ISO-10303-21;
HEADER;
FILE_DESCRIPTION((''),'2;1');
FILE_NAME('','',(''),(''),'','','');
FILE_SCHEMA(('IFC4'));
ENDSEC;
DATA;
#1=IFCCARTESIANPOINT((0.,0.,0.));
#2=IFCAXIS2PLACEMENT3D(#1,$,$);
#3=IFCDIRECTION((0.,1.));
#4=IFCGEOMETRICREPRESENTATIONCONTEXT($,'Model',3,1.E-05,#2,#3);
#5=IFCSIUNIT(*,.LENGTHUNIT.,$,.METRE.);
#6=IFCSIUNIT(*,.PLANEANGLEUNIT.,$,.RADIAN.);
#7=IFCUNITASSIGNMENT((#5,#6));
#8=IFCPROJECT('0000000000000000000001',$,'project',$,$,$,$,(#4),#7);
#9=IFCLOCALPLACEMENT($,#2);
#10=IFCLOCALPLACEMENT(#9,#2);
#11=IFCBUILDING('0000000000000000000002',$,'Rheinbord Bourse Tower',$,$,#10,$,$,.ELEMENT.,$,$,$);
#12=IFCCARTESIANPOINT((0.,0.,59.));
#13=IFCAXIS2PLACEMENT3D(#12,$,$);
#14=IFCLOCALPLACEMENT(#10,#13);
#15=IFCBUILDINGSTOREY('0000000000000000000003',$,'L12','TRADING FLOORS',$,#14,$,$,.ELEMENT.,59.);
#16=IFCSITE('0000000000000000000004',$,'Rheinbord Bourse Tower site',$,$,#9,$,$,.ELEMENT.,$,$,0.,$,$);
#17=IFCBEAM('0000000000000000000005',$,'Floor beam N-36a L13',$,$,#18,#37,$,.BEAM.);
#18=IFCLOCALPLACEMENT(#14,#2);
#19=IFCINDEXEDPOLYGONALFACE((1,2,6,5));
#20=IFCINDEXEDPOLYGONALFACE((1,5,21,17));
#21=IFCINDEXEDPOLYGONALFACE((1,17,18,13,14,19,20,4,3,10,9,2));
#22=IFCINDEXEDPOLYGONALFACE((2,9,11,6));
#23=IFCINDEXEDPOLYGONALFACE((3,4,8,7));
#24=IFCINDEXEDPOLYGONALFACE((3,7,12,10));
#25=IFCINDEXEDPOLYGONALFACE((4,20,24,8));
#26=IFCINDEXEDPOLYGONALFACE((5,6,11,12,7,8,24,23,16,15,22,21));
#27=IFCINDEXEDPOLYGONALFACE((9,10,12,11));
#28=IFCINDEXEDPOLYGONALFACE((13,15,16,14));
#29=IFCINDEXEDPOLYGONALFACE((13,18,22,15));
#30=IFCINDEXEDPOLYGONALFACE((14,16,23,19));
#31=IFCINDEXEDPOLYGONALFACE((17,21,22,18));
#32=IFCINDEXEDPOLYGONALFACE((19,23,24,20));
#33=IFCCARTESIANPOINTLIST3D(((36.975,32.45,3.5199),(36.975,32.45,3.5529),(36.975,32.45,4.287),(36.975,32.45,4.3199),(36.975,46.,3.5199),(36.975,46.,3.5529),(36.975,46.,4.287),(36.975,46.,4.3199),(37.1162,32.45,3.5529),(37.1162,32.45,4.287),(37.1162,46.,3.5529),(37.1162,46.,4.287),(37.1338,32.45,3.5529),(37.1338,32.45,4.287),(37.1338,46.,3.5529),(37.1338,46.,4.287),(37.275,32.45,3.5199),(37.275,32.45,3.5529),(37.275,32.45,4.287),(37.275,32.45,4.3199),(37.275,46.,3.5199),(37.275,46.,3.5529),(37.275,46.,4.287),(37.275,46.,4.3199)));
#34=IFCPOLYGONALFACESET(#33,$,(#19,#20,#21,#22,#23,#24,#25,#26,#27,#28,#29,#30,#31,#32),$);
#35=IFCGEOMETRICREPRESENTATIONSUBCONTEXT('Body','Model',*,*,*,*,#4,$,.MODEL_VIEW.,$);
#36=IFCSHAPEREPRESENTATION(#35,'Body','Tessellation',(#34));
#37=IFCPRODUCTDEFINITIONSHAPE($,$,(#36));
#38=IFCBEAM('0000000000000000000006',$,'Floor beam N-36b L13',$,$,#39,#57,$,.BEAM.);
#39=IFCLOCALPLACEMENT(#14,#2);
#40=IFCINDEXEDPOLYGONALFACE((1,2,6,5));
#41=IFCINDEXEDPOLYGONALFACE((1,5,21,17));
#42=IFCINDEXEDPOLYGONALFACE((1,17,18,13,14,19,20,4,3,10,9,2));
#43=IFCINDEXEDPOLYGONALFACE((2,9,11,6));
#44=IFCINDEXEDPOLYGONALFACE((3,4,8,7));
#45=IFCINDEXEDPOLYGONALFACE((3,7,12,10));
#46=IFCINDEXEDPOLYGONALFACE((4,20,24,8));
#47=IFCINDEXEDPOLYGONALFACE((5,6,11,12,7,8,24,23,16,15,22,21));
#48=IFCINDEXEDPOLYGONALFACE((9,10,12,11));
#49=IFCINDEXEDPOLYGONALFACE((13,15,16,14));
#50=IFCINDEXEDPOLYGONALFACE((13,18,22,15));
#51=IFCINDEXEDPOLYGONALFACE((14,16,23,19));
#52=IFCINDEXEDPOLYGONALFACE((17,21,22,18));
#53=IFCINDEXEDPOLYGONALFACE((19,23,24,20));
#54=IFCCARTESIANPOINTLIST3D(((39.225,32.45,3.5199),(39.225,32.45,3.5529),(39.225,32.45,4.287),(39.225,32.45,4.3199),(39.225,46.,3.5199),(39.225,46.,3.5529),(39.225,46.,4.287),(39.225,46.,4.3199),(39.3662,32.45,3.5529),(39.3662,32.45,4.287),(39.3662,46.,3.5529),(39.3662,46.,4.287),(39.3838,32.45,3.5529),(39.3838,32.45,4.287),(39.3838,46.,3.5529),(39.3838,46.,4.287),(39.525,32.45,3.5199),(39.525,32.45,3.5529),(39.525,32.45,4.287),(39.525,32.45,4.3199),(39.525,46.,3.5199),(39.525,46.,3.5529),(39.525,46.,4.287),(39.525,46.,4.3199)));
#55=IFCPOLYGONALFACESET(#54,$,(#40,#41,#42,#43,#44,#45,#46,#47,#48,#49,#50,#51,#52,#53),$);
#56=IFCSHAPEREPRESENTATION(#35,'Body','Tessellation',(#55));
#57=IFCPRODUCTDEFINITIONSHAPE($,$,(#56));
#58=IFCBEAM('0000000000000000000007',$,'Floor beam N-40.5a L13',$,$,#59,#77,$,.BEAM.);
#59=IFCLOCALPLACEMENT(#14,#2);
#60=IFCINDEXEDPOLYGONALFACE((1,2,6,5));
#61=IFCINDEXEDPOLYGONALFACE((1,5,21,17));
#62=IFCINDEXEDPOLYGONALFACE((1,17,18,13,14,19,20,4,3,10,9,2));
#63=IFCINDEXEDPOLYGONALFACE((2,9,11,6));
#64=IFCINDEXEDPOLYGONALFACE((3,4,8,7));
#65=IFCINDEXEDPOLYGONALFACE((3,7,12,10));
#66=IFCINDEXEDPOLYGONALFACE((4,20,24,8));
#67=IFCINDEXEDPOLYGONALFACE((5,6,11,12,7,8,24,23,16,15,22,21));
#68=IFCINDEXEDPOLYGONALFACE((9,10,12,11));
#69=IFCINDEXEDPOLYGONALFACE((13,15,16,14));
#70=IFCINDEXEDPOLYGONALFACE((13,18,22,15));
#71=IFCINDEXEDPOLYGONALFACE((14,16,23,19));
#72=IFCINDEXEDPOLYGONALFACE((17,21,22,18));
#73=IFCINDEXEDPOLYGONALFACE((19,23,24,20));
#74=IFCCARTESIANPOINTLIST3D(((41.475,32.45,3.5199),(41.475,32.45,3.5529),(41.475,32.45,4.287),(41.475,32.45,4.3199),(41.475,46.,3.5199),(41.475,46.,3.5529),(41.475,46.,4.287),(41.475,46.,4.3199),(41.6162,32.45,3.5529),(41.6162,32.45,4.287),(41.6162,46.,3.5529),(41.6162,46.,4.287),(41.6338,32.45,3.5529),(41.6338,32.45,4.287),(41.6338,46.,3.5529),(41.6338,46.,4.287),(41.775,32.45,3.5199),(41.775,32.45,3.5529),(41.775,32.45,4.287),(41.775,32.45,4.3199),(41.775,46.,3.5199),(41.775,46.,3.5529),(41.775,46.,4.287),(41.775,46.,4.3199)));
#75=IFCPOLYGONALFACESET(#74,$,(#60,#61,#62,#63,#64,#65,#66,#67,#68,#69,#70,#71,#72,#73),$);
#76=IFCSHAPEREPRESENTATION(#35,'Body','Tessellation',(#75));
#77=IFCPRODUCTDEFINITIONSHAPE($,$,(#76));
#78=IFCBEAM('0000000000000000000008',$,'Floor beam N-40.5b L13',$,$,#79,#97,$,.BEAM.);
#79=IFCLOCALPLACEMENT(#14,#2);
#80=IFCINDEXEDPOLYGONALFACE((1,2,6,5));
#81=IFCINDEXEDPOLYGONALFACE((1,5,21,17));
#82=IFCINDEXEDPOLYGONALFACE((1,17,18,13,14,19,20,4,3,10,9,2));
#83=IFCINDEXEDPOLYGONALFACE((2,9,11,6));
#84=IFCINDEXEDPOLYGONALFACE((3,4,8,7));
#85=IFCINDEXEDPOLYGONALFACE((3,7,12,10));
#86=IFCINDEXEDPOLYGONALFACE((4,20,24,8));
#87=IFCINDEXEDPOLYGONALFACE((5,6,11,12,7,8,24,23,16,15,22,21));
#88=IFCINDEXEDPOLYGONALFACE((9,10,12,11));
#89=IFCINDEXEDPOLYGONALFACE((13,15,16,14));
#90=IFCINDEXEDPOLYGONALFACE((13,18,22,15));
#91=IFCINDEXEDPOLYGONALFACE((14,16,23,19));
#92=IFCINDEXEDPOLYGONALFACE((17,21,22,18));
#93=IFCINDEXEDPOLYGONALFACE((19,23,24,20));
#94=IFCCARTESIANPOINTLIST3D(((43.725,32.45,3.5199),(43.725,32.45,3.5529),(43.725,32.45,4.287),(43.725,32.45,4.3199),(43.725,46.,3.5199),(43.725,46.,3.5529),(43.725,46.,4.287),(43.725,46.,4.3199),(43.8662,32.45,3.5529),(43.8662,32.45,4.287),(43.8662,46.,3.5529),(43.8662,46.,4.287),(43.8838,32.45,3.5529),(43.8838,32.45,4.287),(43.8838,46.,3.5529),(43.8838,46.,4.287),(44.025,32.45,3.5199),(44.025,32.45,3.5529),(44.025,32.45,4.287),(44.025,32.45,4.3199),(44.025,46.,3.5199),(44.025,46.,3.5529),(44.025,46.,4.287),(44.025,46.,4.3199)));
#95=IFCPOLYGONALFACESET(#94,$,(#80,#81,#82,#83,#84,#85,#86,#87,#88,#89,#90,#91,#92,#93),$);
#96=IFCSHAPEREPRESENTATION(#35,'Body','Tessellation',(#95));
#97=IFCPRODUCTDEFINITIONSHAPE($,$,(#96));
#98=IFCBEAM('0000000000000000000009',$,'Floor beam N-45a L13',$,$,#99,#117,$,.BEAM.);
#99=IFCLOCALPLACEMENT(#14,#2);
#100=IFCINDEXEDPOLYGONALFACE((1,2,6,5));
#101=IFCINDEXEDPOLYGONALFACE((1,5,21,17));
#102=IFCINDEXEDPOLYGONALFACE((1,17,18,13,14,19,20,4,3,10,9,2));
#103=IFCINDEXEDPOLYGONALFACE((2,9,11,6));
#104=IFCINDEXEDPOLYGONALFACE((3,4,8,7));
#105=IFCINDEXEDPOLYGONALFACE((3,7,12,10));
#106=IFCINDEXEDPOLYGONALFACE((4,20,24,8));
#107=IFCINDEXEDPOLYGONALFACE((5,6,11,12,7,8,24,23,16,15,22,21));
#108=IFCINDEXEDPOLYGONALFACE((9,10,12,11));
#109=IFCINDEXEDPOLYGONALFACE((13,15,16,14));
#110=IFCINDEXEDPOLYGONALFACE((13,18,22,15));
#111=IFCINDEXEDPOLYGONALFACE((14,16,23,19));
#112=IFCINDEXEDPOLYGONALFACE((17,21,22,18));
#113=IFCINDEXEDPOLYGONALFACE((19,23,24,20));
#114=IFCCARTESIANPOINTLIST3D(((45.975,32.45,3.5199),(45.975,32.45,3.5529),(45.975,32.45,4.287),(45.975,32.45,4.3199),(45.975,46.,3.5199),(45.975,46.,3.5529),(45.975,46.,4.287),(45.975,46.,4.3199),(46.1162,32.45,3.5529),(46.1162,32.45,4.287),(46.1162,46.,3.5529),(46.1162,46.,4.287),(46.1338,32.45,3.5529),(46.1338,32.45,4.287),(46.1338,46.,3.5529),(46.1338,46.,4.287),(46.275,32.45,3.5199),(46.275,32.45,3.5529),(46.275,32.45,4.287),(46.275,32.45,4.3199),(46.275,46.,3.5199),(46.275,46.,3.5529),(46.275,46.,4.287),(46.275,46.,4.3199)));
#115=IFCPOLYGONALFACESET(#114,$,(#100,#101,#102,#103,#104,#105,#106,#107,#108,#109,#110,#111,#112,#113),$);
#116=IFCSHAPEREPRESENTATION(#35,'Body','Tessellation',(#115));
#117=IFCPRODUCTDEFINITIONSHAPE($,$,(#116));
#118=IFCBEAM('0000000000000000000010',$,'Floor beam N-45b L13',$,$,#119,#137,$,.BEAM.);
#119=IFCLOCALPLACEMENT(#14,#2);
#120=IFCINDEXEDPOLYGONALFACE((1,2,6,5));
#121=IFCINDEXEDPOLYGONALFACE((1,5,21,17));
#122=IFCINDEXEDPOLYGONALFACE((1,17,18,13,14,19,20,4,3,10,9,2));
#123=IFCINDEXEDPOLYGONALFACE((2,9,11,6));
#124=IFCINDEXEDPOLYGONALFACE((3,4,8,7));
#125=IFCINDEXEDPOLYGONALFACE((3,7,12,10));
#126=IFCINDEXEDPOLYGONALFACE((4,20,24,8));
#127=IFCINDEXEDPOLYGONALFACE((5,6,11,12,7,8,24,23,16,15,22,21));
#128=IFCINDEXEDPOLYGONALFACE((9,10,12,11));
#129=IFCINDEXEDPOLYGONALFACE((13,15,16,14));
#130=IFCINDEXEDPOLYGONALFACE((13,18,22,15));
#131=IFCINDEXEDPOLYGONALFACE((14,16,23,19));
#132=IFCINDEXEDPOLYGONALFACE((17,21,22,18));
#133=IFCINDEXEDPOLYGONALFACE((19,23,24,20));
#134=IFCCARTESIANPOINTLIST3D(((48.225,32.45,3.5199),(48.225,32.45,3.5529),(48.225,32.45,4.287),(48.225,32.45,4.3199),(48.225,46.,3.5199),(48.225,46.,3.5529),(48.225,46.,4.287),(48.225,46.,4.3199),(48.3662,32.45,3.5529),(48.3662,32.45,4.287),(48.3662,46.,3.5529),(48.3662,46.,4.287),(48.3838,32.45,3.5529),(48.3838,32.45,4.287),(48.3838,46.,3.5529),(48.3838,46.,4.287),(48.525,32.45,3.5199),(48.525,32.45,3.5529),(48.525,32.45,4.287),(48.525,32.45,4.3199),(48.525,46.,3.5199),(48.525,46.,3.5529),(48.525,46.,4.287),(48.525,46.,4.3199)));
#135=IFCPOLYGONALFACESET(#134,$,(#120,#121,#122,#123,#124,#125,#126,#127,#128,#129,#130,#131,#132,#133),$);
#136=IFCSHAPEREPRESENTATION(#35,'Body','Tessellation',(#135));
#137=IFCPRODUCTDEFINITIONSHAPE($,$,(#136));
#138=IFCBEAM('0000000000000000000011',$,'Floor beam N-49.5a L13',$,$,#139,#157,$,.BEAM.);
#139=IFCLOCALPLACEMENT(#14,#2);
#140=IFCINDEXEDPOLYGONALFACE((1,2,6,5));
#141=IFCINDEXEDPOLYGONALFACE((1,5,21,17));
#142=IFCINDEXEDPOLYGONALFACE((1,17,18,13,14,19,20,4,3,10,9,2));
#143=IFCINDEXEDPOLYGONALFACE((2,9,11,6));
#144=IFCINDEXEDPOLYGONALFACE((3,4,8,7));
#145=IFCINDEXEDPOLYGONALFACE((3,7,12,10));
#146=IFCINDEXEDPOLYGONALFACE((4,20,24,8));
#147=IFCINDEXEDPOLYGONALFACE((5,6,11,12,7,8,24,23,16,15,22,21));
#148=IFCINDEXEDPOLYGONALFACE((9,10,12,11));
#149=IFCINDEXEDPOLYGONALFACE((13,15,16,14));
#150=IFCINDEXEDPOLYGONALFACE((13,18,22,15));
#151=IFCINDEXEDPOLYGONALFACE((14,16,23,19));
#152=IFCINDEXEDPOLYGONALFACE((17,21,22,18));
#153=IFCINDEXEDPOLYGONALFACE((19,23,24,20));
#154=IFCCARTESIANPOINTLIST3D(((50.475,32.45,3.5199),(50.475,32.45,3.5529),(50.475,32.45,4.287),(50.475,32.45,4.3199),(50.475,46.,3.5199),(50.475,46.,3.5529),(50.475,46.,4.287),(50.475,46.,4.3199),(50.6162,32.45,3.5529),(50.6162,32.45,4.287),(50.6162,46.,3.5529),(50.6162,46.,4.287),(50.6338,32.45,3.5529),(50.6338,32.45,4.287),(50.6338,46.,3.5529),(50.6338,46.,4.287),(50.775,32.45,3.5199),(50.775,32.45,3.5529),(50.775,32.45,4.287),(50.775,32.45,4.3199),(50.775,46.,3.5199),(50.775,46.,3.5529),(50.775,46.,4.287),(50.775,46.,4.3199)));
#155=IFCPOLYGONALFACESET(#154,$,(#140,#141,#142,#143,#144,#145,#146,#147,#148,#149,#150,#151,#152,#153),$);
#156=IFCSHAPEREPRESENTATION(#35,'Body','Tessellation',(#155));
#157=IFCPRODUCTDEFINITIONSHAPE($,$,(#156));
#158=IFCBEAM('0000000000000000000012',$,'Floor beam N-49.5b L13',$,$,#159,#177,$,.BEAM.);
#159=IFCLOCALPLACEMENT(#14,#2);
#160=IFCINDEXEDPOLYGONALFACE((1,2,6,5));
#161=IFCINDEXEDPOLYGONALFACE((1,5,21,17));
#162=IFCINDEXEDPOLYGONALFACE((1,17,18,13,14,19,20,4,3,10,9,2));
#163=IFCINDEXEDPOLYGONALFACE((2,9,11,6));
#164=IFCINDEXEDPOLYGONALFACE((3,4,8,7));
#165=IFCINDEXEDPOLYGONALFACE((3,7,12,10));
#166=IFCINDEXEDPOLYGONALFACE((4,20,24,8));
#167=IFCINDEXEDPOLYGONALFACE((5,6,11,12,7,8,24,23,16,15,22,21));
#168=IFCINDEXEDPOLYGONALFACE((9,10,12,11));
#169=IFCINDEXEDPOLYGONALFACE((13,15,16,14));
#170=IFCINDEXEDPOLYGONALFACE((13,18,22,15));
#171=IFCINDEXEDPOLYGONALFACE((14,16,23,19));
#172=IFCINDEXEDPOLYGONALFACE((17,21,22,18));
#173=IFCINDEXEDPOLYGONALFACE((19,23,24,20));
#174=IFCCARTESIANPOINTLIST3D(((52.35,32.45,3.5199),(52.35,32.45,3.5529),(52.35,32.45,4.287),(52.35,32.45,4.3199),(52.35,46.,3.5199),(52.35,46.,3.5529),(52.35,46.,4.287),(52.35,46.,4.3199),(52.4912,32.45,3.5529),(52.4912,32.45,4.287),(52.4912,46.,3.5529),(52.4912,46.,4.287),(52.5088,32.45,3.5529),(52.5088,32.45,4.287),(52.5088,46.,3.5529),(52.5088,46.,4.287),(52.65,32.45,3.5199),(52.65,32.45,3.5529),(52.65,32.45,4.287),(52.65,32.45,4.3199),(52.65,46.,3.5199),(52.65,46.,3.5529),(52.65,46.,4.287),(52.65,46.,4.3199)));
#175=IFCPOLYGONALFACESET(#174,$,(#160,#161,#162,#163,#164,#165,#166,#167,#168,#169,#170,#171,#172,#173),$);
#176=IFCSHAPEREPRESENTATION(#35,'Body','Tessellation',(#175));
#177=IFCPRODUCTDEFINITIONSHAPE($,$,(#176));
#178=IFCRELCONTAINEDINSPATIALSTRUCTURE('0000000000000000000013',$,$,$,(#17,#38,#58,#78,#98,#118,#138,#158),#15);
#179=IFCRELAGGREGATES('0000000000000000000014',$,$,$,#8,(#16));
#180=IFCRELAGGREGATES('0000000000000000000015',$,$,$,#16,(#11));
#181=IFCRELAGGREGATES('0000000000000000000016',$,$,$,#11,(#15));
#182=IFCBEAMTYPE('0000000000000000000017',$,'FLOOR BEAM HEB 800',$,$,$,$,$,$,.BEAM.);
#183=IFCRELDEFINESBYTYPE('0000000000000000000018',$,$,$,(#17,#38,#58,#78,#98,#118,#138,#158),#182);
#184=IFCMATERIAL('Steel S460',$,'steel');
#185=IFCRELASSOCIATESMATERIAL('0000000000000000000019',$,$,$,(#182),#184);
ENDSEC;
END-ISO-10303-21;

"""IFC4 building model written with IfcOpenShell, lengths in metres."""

from ifc_helpers import new_model, si_unit, direction, frame, origin, origin_2d, place, context, subcontext, project, spatial, i_section, extrude, material, material_profile, profile_set, type_object, element, save


model = new_model("IFC4")

# Units and contexts
model_context = context("Model", 3, precision=1e-05, world=origin(), true_north=direction((0.0, 1.0)))
body_context = subcontext(model_context, "Body", "Model", "MODEL_VIEW")
ifc_project = project(units=[si_unit("LENGTHUNIT", "METRE"), si_unit("PLANEANGLEUNIT", "RADIAN")], contexts=[model_context])

# Site, building, storey
site_placement = place(None, origin())
site = spatial("IfcSite", under=ifc_project, at=site_placement, Name="Rheinbord Bourse Tower site", CompositionType="ELEMENT", RefElevation=0.0)
building_placement = place(site_placement, origin())
building = spatial("IfcBuilding", under=site, at=building_placement, Name="Rheinbord Bourse Tower", CompositionType="ELEMENT")
storey_placement = place(building_placement, frame((0.0, 0.0, 59.0)))
storey = spatial("IfcBuildingStorey", under=building, at=storey_placement, Name="L12", Description="TRADING FLOORS", CompositionType="ELEMENT", Elevation=59.0)

# Beams
ifc_material_1 = material(Name="Steel S460", Category="steel")
ifc_material_profile_1 = material_profile(ifc_material_1, i_section(OverallWidth=0.3, OverallDepth=0.8, WebThickness=0.0176, FlangeThickness=0.033, at=origin_2d()), Name="HEB 800")
ifc_profile_set_1 = profile_set([ifc_material_profile_1], Name="Steel S460")
beam_type_1 = type_object("IfcBeamType", Name="FLOOR BEAM HEB 800", PredefinedType="BEAM", material=ifc_profile_set_1)
for number, where, z_axis, x_axis, name in (
    (1, (37.125, 46.0, 3.9199), (0.0, -1.0, 0.0), (1.0, 0.0, 0.0), "Floor beam N-36a L13"),
    (2, (39.375, 46.0, 3.9199), (0.0, -1.0, 0.0), (1.0, 0.0, 0.0), "Floor beam N-36b L13"),
    (3, (41.625, 46.0, 3.9199), (0.0, -1.0, 0.0), (1.0, 0.0, 0.0), "Floor beam N-40.5a L13"),
    (4, (43.875, 46.0, 3.9199), (0.0, -1.0, 0.0), (1.0, 0.0, 0.0), "Floor beam N-40.5b L13"),
    (5, (46.125, 46.0, 3.9199), (0.0, -1.0, 0.0), (1.0, 0.0, 0.0), "Floor beam N-45a L13"),
    (6, (48.375, 46.0, 3.9199), (0.0, -1.0, 0.0), (1.0, 0.0, 0.0), "Floor beam N-45b L13"),
    (7, (50.625, 46.0, 3.9199), (0.0, -1.0, 0.0), (1.0, 0.0, 0.0), "Floor beam N-49.5a L13"),
    (8, (52.5, 46.0, 3.9199), (0.0, -1.0, 0.0), (1.0, 0.0, 0.0), "Floor beam N-49.5b L13"),
):
    element("IfcBeam", number, at=place(storey_placement, frame(where, z_axis=z_axis, x_axis=x_axis)), inside=storey, type_object=beam_type_1, Name=name, PredefinedType="BEAM", context=body_context, shape_type="SweptSolid", body=[
        extrude(i_section(OverallWidth=0.3, OverallDepth=0.8, WebThickness=0.0176, FlangeThickness=0.033, at=origin_2d()), origin(), (0.0, 0.0, 1.0), 13.55),
    ])

save(model, "model.ifc")
